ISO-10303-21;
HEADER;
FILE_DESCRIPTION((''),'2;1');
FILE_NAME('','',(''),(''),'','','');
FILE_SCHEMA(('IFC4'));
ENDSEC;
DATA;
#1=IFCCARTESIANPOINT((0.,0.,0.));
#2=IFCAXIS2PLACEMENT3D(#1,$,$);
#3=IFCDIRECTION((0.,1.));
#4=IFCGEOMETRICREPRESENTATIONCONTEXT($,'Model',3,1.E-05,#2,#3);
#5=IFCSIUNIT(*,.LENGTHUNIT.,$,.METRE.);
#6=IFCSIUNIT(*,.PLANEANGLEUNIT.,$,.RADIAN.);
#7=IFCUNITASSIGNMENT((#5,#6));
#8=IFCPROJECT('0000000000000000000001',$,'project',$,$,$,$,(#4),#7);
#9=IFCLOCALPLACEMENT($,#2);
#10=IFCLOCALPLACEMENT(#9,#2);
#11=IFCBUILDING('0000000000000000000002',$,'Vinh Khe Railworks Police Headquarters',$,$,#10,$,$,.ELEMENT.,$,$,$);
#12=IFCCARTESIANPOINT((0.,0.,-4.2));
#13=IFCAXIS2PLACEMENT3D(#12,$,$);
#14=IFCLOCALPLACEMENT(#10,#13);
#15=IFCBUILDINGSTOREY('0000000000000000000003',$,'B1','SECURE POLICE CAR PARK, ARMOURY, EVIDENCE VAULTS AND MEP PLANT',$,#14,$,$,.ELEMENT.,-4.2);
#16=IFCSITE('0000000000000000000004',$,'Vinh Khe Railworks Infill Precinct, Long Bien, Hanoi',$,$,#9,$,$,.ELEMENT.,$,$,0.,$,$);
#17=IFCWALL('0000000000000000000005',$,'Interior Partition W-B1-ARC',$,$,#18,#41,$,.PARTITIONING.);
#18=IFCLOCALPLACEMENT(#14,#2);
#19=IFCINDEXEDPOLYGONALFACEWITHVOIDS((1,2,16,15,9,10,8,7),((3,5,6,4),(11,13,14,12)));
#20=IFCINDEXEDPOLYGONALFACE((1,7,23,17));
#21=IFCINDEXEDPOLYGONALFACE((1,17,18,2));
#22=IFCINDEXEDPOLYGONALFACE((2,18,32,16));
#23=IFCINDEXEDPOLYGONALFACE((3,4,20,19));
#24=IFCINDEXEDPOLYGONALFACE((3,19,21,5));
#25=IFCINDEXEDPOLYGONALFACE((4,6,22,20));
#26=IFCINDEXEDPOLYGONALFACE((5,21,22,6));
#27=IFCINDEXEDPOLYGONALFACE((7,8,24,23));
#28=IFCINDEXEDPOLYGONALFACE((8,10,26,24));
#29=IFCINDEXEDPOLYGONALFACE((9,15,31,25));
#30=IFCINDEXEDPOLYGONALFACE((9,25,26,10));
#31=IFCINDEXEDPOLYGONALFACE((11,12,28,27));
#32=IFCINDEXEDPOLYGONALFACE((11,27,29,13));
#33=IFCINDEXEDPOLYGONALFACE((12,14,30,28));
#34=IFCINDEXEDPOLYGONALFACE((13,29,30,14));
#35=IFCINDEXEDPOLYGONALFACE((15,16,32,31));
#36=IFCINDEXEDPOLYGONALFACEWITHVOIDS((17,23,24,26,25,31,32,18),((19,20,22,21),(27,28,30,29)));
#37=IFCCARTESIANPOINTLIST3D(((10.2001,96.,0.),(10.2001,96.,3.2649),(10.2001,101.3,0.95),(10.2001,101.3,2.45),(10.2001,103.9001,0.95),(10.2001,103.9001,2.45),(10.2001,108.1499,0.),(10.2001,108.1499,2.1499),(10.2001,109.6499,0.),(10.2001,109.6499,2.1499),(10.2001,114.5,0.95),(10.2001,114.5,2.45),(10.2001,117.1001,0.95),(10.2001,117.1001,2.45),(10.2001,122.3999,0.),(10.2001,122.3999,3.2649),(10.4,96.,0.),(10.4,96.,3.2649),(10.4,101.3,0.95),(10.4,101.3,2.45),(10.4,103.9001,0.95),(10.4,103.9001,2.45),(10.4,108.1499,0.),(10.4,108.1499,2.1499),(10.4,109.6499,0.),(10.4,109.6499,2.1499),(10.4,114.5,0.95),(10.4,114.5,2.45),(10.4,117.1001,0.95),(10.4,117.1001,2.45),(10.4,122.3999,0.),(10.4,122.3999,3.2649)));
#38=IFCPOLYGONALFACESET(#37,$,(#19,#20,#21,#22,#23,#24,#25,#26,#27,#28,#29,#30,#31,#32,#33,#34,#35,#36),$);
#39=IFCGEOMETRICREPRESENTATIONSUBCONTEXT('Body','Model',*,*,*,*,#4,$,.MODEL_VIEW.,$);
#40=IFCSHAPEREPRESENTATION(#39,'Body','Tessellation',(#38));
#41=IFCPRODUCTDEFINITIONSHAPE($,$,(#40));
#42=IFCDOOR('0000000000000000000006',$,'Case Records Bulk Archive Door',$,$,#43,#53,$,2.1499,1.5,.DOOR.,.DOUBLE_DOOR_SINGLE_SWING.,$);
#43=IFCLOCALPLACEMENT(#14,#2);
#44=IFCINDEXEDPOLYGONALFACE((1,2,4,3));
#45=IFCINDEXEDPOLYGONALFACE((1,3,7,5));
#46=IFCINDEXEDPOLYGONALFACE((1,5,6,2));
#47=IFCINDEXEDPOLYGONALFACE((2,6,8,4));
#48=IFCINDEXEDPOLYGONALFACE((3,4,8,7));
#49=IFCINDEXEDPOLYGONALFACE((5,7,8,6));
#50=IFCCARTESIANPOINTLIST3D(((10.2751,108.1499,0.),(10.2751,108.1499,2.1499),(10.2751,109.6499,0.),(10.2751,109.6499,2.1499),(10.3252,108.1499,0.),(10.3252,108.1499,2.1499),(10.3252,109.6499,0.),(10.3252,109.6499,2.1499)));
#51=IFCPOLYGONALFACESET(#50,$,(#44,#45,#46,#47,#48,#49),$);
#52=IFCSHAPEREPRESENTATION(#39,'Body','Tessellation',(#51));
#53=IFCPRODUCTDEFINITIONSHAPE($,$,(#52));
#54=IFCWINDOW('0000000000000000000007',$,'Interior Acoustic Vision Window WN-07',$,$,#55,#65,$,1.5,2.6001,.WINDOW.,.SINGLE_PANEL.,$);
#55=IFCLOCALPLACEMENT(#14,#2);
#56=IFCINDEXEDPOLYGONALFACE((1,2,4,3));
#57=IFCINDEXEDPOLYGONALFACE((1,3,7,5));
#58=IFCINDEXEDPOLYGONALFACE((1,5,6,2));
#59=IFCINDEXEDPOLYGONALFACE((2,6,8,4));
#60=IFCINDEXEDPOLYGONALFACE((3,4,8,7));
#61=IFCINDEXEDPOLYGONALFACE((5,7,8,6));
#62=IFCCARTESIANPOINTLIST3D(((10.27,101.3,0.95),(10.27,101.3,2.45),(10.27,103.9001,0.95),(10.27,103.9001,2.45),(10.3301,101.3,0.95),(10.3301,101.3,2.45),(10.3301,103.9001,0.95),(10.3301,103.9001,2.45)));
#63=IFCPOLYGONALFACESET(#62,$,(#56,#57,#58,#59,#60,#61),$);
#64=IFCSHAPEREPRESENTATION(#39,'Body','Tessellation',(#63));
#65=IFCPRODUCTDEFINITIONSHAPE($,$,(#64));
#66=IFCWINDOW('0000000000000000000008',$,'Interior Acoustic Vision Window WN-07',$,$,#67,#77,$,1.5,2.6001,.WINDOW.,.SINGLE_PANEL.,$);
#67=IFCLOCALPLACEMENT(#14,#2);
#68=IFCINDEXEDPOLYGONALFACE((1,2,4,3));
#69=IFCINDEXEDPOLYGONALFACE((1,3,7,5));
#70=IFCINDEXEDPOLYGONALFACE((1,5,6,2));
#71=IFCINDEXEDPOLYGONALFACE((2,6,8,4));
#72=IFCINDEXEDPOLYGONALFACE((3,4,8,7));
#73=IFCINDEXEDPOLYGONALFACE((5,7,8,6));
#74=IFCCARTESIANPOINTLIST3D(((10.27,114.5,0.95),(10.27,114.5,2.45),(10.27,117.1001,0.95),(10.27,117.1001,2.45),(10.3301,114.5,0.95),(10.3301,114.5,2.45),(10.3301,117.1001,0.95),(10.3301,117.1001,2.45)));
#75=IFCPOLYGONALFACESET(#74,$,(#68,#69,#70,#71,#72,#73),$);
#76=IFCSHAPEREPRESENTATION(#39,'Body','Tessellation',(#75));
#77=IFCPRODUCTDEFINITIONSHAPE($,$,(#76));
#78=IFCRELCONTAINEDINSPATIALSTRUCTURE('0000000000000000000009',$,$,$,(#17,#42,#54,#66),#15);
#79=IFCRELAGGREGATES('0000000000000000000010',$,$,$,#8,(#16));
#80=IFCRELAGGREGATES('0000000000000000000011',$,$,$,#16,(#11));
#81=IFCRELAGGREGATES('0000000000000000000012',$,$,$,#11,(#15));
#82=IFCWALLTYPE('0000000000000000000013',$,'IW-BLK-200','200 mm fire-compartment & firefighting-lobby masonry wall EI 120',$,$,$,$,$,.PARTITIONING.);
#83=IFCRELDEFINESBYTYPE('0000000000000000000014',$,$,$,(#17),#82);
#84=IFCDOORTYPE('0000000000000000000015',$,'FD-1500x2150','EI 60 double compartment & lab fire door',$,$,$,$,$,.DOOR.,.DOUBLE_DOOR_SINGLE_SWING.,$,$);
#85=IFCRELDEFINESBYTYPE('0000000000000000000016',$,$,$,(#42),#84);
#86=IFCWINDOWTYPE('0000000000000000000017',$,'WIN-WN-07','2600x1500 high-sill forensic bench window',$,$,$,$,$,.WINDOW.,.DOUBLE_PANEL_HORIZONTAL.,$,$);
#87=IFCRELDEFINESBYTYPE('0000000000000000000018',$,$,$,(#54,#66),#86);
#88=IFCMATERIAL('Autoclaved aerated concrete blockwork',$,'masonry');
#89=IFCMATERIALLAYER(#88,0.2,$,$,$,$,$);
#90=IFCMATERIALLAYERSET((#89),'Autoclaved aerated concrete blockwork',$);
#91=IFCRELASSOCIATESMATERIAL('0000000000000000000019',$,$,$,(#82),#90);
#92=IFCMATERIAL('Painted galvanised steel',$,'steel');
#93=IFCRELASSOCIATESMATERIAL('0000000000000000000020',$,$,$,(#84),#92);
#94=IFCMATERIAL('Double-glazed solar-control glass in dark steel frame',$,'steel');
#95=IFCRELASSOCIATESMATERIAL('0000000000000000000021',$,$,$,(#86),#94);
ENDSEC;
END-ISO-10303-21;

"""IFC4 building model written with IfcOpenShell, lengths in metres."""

from ifc_helpers import new_model, si_unit, direction, frame, frame_2d, origin, place, context, subcontext, project, spatial, rectangle, extrude, material, layer, layer_set, type_object, element, fill, save


model = new_model("IFC4")

# Units and contexts
model_context = context("Model", 3, precision=1e-05, world=origin(), true_north=direction((0.0, 1.0)))
body_context = subcontext(model_context, "Body", "Model", "MODEL_VIEW")
ifc_project = project(units=[si_unit("LENGTHUNIT", "METRE"), si_unit("PLANEANGLEUNIT", "RADIAN")], contexts=[model_context])

# Site, building, storey
site_placement = place(None, origin())
site = spatial("IfcSite", under=ifc_project, at=site_placement, Name="Vinh Khe Railworks Infill Precinct, Long Bien, Hanoi", CompositionType="ELEMENT", RefElevation=0.0)
building_placement = place(site_placement, origin())
building = spatial("IfcBuilding", under=site, at=building_placement, Name="Vinh Khe Railworks Police Headquarters", CompositionType="ELEMENT")
storey_placement = place(building_placement, frame((0.0, 0.0, -4.2)))
storey = spatial("IfcBuildingStorey", under=building, at=storey_placement, Name="B1", Description="SECURE POLICE CAR PARK, ARMOURY, EVIDENCE VAULTS AND MEP PLANT", CompositionType="ELEMENT", Elevation=-4.2)

# Wall, openings, door, windows
ifc_material_1 = material(Name="Autoclaved aerated concrete blockwork", Category="masonry")
ifc_layer = layer(ifc_material_1, 0.2)
ifc_layer_set = layer_set([ifc_layer], Name="Autoclaved aerated concrete blockwork")
wall_type = type_object("IfcWallType", Name="IW-BLK-200", Description="200 mm fire-compartment & firefighting-lobby masonry wall EI 120", PredefinedType="PARTITIONING", material=ifc_layer_set)
wall_1_placement = place(storey_placement, frame((10.3, 96.0, 0.0), z_axis=(0.0, 0.0, 1.0), x_axis=(0.0, 1.0, 0.0)))
wall_1 = element("IfcWall", 1, at=wall_1_placement, inside=storey, type_object=wall_type, Name="Interior Partition W-B1-ARC", PredefinedType="PARTITIONING", context=body_context, shape_type="SweptSolid", body=[
    extrude(rectangle(XDim=26.3999, YDim=0.2, at=frame_2d((13.2, 0.0))), origin(), (0.0, 0.0, 1.0), 3.2649),
])
opening_1_placement = place(wall_1_placement, frame((12.1499, 0.0, 0.0)))
opening_1 = element("IfcOpeningElement", 2, at=opening_1_placement, cuts=wall_1, PredefinedType="OPENING", context=body_context, shape_type="SweptSolid", body=[
    extrude(rectangle(XDim=1.5, YDim=2.1499, at=frame_2d((0.75, 1.075))), frame((0.0, 0.1147, 0.0), z_axis=(0.0, -1.0, 0.0), x_axis=(1.0, 0.0, 0.0)), (0.0, 0.0, 1.0), 0.2297),
])
opening_2_placement = place(wall_1_placement, frame((5.3, 0.0, 0.95)))
opening_2 = element("IfcOpeningElement", 3, at=opening_2_placement, cuts=wall_1, PredefinedType="OPENING", context=body_context, shape_type="SweptSolid", body=[
    extrude(rectangle(XDim=2.6001, YDim=1.5, at=frame_2d((1.3, 0.75))), frame((0.0, 0.1147, 0.0), z_axis=(0.0, -1.0, 0.0), x_axis=(1.0, 0.0, 0.0)), (0.0, 0.0, 1.0), 0.2297),
])
opening_3_placement = place(wall_1_placement, frame((18.5, 0.0, 0.95)))
opening_3 = element("IfcOpeningElement", 4, at=opening_3_placement, cuts=wall_1, PredefinedType="OPENING", context=body_context, shape_type="SweptSolid", body=[
    extrude(rectangle(XDim=2.6001, YDim=1.5, at=frame_2d((1.3, 0.75))), frame((0.0, 0.1147, 0.0), z_axis=(0.0, -1.0, 0.0), x_axis=(1.0, 0.0, 0.0)), (0.0, 0.0, 1.0), 0.2297),
])
ifc_material_2 = material(Name="Painted galvanised steel", Category="steel")
door_type_1 = type_object("IfcDoorType", Name="FD-1500x2150", Description="EI 60 double compartment & lab fire door", OperationType="DOUBLE_DOOR_SINGLE_SWING", PredefinedType="DOOR", material=ifc_material_2)
door_1_placement = place(opening_1_placement, origin())
door_1 = element("IfcDoor", 5, at=door_1_placement, inside=storey, type_object=door_type_1, Name="Case Records Bulk Archive Door", OperationType="DOUBLE_DOOR_SINGLE_SWING", OverallHeight=2.1499, OverallWidth=1.5, PredefinedType="DOOR", context=body_context, shape_type="SweptSolid", body=[
    extrude(rectangle(XDim=1.5, YDim=2.1499, at=frame_2d((0.75, 1.075))), frame((0.0, 0.0249, 0.0), z_axis=(0.0, -1.0, 0.0), x_axis=(1.0, 0.0, 0.0)), (0.0, 0.0, 1.0), 0.05),
])
fill(opening_1, door_1)
ifc_material_3 = material(Name="Double-glazed solar-control glass in dark steel frame", Category="steel")
window_type = type_object("IfcWindowType", Name="WIN-WN-07", Description="2600x1500 high-sill forensic bench window", PartitioningType="DOUBLE_PANEL_HORIZONTAL", PredefinedType="WINDOW", material=ifc_material_3)
window_1_placement = place(opening_2_placement, origin())
window_1 = element("IfcWindow", 6, at=window_1_placement, inside=storey, type_object=window_type, Name="Interior Acoustic Vision Window WN-07", OverallHeight=1.5, OverallWidth=2.6001, PartitioningType="SINGLE_PANEL", PredefinedType="WINDOW", context=body_context, shape_type="SweptSolid", body=[
    extrude(rectangle(XDim=2.6001, YDim=1.5, at=frame_2d((1.3, 0.75))), frame((0.0, 0.03, 0.0), z_axis=(0.0, -1.0, 0.0), x_axis=(1.0, 0.0, 0.0)), (0.0, 0.0, 1.0), 0.0601),
])
fill(opening_2, window_1)
window_2_placement = place(opening_3_placement, origin())
window_2 = element("IfcWindow", 7, at=window_2_placement, inside=storey, type_object=window_type, Name="Interior Acoustic Vision Window WN-07", OverallHeight=1.5, OverallWidth=2.6001, PartitioningType="SINGLE_PANEL", PredefinedType="WINDOW", context=body_context, shape_type="SweptSolid", body=[
    extrude(rectangle(XDim=2.6001, YDim=1.5, at=frame_2d((1.3, 0.75))), frame((0.0, 0.03, 0.0), z_axis=(0.0, -1.0, 0.0), x_axis=(1.0, 0.0, 0.0)), (0.0, 0.0, 1.0), 0.0601),
])
fill(opening_3, window_2)

save(model, "model.ifc")
